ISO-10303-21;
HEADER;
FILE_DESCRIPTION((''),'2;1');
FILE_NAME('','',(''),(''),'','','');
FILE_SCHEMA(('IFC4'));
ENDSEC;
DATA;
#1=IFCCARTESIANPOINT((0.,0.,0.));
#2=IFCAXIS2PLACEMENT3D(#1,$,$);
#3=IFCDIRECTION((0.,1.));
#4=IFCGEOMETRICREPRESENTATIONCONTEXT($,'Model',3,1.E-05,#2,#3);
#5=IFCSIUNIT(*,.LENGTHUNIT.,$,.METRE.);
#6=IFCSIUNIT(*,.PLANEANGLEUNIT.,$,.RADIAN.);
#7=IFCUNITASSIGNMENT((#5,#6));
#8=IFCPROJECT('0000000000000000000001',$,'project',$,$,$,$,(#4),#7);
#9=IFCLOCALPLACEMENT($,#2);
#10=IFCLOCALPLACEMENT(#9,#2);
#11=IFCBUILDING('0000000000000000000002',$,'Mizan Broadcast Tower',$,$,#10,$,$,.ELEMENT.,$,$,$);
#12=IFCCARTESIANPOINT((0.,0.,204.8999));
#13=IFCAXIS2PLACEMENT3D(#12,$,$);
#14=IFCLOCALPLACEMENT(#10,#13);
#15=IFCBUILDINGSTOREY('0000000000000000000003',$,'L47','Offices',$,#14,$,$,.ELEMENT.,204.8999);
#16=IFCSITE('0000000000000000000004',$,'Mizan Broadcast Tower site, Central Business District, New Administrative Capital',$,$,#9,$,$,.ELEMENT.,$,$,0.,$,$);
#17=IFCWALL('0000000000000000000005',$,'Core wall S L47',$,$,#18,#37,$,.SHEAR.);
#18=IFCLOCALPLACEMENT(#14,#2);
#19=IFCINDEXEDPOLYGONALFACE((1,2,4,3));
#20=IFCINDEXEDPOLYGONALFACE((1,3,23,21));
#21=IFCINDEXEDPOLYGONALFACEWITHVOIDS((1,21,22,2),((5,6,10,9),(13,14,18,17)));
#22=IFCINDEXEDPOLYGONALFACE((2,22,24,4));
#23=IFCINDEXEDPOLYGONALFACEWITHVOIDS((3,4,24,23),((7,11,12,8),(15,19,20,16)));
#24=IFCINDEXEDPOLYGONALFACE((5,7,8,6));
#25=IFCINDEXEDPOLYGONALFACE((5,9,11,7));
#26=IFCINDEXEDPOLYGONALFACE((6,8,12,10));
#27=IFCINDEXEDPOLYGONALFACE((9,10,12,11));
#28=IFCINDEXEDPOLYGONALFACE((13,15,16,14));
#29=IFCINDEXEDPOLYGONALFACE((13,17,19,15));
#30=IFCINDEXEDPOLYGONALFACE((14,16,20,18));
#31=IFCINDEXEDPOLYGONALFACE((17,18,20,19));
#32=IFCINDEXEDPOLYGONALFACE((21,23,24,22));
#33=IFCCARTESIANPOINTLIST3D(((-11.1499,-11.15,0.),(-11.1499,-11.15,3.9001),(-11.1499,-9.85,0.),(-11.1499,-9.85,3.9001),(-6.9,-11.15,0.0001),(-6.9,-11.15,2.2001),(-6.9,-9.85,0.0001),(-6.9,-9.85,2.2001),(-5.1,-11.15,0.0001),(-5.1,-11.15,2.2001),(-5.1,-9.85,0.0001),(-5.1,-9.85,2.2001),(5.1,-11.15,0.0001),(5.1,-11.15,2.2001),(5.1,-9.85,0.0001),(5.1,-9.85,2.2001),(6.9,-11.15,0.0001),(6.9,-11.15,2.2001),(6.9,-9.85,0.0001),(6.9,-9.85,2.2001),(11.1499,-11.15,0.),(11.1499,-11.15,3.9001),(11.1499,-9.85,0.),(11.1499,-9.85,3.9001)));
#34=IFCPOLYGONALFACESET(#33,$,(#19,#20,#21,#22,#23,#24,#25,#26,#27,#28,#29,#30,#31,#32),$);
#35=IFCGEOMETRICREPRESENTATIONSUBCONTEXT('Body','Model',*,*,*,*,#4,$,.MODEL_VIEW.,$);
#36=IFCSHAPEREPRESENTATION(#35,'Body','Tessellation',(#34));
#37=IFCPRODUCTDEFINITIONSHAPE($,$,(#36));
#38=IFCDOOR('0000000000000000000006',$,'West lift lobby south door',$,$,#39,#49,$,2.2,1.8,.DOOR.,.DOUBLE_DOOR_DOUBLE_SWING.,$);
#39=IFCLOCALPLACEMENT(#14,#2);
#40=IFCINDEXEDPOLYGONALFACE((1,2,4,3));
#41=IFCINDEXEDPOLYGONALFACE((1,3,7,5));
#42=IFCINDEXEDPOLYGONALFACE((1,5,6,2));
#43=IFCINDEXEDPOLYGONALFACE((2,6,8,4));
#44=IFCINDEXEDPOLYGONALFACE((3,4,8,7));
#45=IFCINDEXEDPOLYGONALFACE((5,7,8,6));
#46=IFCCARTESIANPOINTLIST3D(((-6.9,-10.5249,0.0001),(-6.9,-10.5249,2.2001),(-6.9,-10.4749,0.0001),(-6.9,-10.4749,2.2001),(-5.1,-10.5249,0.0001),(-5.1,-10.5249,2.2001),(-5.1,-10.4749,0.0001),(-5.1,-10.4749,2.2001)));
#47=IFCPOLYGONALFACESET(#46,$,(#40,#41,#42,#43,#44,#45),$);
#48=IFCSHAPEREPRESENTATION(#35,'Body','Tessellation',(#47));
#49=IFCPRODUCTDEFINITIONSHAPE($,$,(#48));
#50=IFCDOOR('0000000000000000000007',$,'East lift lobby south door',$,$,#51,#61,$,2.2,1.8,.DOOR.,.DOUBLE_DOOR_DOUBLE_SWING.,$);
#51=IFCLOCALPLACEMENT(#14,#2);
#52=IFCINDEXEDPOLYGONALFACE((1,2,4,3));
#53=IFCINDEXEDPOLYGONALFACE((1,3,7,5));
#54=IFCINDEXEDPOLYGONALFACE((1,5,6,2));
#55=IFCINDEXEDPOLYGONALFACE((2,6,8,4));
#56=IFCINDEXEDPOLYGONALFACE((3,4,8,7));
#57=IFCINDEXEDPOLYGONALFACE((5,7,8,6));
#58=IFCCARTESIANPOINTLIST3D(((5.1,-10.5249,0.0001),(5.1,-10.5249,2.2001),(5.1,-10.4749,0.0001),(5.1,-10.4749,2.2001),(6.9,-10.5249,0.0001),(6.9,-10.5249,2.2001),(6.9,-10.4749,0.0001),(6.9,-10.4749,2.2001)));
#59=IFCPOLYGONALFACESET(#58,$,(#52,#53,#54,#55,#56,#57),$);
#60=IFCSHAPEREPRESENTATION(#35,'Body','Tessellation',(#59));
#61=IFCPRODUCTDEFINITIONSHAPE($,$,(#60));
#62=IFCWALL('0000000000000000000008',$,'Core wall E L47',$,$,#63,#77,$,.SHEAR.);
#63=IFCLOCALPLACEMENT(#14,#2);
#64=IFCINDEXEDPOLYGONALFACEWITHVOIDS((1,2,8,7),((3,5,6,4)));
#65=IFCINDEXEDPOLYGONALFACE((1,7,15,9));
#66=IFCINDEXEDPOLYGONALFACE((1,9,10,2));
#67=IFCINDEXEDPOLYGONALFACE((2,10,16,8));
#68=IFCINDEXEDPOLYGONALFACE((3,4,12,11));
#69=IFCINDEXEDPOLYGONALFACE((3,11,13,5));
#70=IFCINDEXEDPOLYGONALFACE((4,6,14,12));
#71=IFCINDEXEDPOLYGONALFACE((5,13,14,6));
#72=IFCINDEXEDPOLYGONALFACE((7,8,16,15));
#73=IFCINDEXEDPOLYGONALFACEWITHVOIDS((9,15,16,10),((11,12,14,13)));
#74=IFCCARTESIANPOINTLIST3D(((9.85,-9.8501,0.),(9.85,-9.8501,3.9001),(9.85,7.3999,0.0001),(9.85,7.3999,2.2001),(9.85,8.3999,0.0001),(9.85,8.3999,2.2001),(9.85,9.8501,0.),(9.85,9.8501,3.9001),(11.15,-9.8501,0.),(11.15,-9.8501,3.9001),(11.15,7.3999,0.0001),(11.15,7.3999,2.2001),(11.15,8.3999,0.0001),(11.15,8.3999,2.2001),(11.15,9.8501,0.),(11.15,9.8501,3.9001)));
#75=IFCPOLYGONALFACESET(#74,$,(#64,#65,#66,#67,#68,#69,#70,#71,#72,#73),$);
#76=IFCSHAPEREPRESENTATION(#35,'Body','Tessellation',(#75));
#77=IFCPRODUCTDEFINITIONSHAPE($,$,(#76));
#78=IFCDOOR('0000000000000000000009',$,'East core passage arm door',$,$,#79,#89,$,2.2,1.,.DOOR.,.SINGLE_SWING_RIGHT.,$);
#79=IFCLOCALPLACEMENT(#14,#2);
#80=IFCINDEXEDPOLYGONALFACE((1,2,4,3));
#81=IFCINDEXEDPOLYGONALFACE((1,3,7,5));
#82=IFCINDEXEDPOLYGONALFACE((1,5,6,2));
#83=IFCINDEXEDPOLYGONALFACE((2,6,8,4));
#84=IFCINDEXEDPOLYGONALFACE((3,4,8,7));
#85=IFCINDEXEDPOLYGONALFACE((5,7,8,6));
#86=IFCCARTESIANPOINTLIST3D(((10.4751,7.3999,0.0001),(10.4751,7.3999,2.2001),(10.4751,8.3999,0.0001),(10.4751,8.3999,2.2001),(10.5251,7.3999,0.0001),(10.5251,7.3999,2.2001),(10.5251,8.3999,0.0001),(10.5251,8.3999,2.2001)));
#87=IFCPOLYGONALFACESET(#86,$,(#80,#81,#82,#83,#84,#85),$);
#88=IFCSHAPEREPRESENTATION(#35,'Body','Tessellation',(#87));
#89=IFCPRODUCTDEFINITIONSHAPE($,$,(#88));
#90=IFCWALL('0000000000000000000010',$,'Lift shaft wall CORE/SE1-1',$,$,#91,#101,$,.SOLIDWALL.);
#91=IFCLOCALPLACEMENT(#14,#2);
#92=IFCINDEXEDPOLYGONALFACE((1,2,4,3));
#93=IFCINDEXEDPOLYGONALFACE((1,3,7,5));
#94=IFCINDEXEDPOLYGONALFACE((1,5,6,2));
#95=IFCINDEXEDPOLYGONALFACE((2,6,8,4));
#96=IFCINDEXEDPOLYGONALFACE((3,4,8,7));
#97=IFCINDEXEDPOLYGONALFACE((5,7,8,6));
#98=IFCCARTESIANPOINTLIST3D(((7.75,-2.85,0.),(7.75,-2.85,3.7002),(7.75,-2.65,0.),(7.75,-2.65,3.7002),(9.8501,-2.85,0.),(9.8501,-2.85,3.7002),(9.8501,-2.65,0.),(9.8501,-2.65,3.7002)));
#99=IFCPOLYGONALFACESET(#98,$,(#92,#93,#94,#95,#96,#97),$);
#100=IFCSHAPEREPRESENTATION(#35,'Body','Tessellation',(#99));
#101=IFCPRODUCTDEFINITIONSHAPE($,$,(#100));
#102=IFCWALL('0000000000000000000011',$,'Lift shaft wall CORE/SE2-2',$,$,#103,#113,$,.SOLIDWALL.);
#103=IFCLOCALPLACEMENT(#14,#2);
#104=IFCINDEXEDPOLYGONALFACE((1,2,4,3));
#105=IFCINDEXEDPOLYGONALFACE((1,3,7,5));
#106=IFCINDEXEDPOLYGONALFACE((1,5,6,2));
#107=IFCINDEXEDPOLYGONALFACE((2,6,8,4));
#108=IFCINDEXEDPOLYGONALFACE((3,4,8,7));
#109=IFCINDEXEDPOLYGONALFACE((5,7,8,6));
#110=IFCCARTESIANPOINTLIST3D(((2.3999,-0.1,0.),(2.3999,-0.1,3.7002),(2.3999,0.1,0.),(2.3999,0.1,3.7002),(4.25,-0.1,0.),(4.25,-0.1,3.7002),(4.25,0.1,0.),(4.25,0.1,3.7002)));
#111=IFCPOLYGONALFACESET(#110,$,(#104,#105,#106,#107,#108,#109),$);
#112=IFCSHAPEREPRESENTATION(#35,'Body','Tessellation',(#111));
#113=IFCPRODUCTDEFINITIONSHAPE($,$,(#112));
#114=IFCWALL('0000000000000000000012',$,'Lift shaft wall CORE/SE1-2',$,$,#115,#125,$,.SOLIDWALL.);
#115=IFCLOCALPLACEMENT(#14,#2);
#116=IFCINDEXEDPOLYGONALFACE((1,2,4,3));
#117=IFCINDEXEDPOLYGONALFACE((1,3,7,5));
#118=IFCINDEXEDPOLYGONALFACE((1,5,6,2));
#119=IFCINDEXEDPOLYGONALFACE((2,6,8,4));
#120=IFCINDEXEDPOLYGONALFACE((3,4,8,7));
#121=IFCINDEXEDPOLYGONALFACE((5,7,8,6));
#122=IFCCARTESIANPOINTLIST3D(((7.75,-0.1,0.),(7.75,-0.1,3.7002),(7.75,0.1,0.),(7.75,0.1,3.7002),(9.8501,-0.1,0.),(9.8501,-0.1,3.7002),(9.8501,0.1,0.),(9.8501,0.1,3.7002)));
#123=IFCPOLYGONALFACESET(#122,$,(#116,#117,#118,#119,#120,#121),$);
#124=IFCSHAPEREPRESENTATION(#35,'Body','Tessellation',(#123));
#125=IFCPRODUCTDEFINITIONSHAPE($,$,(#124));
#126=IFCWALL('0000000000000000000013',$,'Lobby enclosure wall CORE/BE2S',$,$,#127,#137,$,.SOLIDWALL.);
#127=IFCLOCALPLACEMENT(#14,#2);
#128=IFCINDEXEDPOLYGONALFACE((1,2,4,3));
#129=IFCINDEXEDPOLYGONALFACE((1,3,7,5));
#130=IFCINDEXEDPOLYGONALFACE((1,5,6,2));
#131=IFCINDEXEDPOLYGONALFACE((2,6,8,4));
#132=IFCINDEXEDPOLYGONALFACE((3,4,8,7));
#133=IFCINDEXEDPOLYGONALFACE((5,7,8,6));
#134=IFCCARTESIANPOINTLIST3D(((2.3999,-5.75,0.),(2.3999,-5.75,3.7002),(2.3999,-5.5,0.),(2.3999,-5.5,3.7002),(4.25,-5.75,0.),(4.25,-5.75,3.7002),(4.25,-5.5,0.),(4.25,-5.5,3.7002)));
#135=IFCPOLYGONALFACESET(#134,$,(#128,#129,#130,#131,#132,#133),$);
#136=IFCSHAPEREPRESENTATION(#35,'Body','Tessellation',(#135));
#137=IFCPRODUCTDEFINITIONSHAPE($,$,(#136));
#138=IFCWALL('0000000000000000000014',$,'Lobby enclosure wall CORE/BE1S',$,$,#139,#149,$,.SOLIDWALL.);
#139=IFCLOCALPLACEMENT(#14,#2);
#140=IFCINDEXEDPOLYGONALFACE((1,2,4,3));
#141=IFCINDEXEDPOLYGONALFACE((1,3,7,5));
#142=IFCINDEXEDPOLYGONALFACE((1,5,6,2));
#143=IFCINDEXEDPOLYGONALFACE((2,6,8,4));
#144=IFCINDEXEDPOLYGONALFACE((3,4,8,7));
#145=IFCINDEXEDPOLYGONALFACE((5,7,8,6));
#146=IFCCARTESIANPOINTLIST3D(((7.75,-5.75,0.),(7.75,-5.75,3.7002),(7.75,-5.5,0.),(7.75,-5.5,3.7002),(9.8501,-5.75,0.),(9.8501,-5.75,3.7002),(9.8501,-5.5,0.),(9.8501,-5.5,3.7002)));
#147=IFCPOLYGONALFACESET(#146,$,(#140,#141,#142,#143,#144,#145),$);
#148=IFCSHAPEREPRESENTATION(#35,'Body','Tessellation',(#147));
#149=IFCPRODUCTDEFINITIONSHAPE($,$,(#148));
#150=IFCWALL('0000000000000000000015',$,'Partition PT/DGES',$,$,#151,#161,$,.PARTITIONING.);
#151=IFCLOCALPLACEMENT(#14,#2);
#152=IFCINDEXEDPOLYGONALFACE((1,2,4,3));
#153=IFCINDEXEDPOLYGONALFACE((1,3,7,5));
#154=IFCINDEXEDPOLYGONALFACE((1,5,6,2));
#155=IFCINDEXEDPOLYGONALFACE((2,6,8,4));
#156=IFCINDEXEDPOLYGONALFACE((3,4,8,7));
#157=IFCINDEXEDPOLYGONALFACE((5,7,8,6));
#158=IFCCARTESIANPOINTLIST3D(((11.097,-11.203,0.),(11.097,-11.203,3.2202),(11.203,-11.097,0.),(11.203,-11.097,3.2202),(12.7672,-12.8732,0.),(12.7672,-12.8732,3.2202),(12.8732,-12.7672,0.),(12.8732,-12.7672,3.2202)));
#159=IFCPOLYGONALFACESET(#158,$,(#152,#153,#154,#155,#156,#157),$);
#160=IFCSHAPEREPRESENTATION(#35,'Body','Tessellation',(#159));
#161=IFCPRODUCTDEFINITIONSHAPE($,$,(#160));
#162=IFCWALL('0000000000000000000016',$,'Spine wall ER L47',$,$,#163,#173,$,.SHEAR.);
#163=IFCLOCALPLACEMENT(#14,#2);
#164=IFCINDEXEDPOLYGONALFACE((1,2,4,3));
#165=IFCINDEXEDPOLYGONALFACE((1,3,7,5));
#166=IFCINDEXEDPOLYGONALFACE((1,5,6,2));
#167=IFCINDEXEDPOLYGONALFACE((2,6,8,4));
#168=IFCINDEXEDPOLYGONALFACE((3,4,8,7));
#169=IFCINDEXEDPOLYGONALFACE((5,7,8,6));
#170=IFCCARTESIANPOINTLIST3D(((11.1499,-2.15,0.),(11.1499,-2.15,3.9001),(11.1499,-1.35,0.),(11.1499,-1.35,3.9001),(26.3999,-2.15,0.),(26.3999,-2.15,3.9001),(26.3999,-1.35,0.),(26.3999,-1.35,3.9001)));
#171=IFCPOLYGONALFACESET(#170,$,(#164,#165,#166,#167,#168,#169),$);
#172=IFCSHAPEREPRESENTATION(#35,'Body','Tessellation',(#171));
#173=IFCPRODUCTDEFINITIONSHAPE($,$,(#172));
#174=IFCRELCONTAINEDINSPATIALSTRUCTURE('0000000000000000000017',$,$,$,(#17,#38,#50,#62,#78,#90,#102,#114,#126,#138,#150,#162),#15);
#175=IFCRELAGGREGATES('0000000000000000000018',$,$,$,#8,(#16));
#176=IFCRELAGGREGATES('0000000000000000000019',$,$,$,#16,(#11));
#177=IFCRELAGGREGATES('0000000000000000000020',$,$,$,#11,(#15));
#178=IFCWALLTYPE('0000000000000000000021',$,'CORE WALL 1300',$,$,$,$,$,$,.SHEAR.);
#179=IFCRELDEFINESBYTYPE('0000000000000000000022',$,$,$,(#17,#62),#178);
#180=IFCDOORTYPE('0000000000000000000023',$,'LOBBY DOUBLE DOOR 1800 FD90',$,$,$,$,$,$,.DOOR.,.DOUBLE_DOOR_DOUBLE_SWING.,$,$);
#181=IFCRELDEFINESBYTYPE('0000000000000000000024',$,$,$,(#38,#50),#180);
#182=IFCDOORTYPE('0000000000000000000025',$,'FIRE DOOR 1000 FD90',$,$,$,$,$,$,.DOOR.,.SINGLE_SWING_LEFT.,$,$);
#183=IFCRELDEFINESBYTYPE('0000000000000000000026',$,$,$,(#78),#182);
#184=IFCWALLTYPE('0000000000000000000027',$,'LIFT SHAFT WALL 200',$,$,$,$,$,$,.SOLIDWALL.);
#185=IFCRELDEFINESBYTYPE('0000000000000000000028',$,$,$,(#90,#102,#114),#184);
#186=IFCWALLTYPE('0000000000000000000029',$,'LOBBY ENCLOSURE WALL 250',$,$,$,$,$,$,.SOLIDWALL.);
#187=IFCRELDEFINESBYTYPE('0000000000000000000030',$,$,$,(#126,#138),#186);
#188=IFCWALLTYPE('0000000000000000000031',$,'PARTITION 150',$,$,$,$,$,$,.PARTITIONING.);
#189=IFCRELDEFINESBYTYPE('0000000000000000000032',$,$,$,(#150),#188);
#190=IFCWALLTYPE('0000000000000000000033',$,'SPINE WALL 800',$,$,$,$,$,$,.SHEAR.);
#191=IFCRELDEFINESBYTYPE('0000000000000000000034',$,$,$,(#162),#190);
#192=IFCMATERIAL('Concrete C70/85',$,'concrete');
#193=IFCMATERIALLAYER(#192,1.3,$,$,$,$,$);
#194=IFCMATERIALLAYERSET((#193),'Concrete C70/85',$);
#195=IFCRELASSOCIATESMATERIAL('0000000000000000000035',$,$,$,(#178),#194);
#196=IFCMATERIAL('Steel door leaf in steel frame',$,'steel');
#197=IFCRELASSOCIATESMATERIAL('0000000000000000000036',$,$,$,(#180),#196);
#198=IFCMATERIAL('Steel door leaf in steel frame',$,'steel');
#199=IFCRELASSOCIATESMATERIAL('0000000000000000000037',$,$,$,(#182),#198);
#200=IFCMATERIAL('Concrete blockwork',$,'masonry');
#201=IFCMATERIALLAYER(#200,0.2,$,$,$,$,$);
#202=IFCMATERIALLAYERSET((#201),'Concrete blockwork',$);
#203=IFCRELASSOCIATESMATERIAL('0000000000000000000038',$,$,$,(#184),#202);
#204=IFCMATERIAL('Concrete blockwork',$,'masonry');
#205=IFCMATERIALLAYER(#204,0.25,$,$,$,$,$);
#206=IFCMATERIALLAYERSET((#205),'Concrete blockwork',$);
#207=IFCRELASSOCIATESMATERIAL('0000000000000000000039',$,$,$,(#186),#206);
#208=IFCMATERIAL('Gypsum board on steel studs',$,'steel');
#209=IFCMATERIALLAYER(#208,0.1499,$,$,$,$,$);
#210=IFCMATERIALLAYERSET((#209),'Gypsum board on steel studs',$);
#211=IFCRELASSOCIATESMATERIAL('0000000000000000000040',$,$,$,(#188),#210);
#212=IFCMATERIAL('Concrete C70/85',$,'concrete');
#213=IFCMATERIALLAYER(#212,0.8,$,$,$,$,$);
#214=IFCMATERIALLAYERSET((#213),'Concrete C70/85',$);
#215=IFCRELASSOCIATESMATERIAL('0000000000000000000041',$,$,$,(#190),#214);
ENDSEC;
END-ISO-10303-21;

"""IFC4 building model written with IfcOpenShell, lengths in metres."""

from ifc_helpers import new_model, si_unit, direction, frame, frame_2d, origin, place, context, subcontext, project, spatial, rectangle, extrude, material, layer, layer_set, type_object, element, fill, save


model = new_model("IFC4")

# Units and contexts
model_context = context("Model", 3, precision=1e-05, world=origin(), true_north=direction((0.0, 1.0)))
body_context = subcontext(model_context, "Body", "Model", "MODEL_VIEW")
ifc_project = project(units=[si_unit("LENGTHUNIT", "METRE"), si_unit("PLANEANGLEUNIT", "RADIAN")], contexts=[model_context])

# Site, building, storey
site_placement = place(None, origin())
site = spatial("IfcSite", under=ifc_project, at=site_placement, Name="Mizan Broadcast Tower site, Central Business District, New Administrative Capital", CompositionType="ELEMENT", RefElevation=0.0)
building_placement = place(site_placement, origin())
building = spatial("IfcBuilding", under=site, at=building_placement, Name="Mizan Broadcast Tower", CompositionType="ELEMENT")
storey_placement = place(building_placement, frame((0.0, 0.0, 204.8999)))
storey = spatial("IfcBuildingStorey", under=building, at=storey_placement, Name="L47", Description="Offices", CompositionType="ELEMENT", Elevation=204.8999)

# Wall, openings, doors
ifc_material_1 = material(Name="Concrete C70/85", Category="concrete")
ifc_layer_1 = layer(ifc_material_1, 1.3)
ifc_layer_set_1 = layer_set([ifc_layer_1], Name="Concrete C70/85")
wall_type_1 = type_object("IfcWallType", Name="CORE WALL 1300", PredefinedType="SHEAR", material=ifc_layer_set_1)
wall_1_placement = place(storey_placement, frame((11.1499, -10.5, 0.0), z_axis=(0.0, 0.0, 1.0), x_axis=(-1.0, 0.0, 0.0)))
wall_1 = element("IfcWall", 1, at=wall_1_placement, inside=storey, type_object=wall_type_1, Name="Core wall S L47", PredefinedType="SHEAR", context=body_context, shape_type="SweptSolid", body=[
    extrude(rectangle(XDim=22.2998, YDim=1.3, at=frame_2d((11.1499, 0.0))), origin(), (0.0, 0.0, 1.0), 3.9001),
])
opening_1_placement = place(wall_1_placement, frame((16.25, 0.0, 0.0)))
opening_1 = element("IfcOpeningElement", 2, at=opening_1_placement, cuts=wall_1, PredefinedType="OPENING", context=body_context, shape_type="SweptSolid", body=[
    extrude(rectangle(XDim=1.8, YDim=2.2, at=frame_2d((0.8999, 1.1001))), frame((0.0, 0.6599, 0.0), z_axis=(0.0, -1.0, 0.0), x_axis=(1.0, 0.0, 0.0)), (0.0, 0.0, 1.0), 1.3201),
])
opening_2_placement = place(wall_1_placement, frame((4.25, 0.0, 0.0)))
opening_2 = element("IfcOpeningElement", 3, at=opening_2_placement, cuts=wall_1, PredefinedType="OPENING", context=body_context, shape_type="SweptSolid", body=[
    extrude(rectangle(XDim=1.8, YDim=2.2, at=frame_2d((0.8999, 1.1001))), frame((0.0, 0.6599, 0.0), z_axis=(0.0, -1.0, 0.0), x_axis=(1.0, 0.0, 0.0)), (0.0, 0.0, 1.0), 1.3201),
])
ifc_material_2 = material(Name="Steel door leaf in steel frame", Category="steel")
door_type_1 = type_object("IfcDoorType", Name="LOBBY DOUBLE DOOR 1800 FD90", OperationType="DOUBLE_DOOR_DOUBLE_SWING", PredefinedType="DOOR", material=ifc_material_2)
door_1_placement = place(opening_1_placement, origin())
door_1 = element("IfcDoor", 4, at=door_1_placement, inside=storey, type_object=door_type_1, Name="West lift lobby south door", OperationType="DOUBLE_DOOR_DOUBLE_SWING", OverallHeight=2.2, OverallWidth=1.8, PredefinedType="DOOR", context=body_context, shape_type="SweptSolid", body=[
    extrude(rectangle(XDim=1.8, YDim=2.2, at=frame_2d((0.8999, 1.1001))), frame((0.0, 0.0249, 0.0), z_axis=(0.0, -1.0, 0.0), x_axis=(1.0, 0.0, 0.0)), (0.0, 0.0, 1.0), 0.05),
])
fill(opening_1, door_1)
door_2_placement = place(opening_2_placement, origin())
door_2 = element("IfcDoor", 5, at=door_2_placement, inside=storey, type_object=door_type_1, Name="East lift lobby south door", OperationType="DOUBLE_DOOR_DOUBLE_SWING", OverallHeight=2.2, OverallWidth=1.8, PredefinedType="DOOR", context=body_context, shape_type="SweptSolid", body=[
    extrude(rectangle(XDim=1.8, YDim=2.2, at=frame_2d((0.8999, 1.1001))), frame((0.0, 0.0249, 0.0), z_axis=(0.0, -1.0, 0.0), x_axis=(1.0, 0.0, 0.0)), (0.0, 0.0, 1.0), 0.05),
])
fill(opening_2, door_2)

# Wall, opening, door
wall_2_placement = place(storey_placement, frame((10.5, -9.8501, 0.0), z_axis=(0.0, 0.0, 1.0), x_axis=(0.0, 1.0, 0.0)))
wall_2 = element("IfcWall", 6, at=wall_2_placement, inside=storey, type_object=wall_type_1, Name="Core wall E L47", PredefinedType="SHEAR", context=body_context, shape_type="SweptSolid", body=[
    extrude(rectangle(XDim=19.7002, YDim=1.3, at=frame_2d((9.8501, 0.0))), origin(), (0.0, 0.0, 1.0), 3.9001),
])
opening_3_placement = place(wall_2_placement, frame((17.25, 0.0, 0.0)))
opening_3 = element("IfcOpeningElement", 7, at=opening_3_placement, cuts=wall_2, PredefinedType="OPENING", context=body_context, shape_type="SweptSolid", body=[
    extrude(rectangle(XDim=1.0, YDim=2.2, at=frame_2d((0.5, 1.1001))), frame((0.0, 0.6599, 0.0), z_axis=(0.0, -1.0, 0.0), x_axis=(1.0, 0.0, 0.0)), (0.0, 0.0, 1.0), 1.3201),
])
ifc_material_3 = material(Name="Steel door leaf in steel frame", Category="steel")
door_type_2 = type_object("IfcDoorType", Name="FIRE DOOR 1000 FD90", OperationType="SINGLE_SWING_LEFT", PredefinedType="DOOR", material=ifc_material_3)
door_3_placement = place(opening_3_placement, origin())
door_3 = element("IfcDoor", 8, at=door_3_placement, inside=storey, type_object=door_type_2, Name="East core passage arm door", OperationType="SINGLE_SWING_RIGHT", OverallHeight=2.2, OverallWidth=1.0, PredefinedType="DOOR", context=body_context, shape_type="SweptSolid", body=[
    extrude(rectangle(XDim=1.0, YDim=2.2, at=frame_2d((0.5, 1.1001))), frame((0.0, 0.0249, 0.0), z_axis=(0.0, -1.0, 0.0), x_axis=(1.0, 0.0, 0.0)), (0.0, 0.0, 1.0), 0.05),
])
fill(opening_3, door_3)

# Walls
ifc_material_4 = material(Name="Concrete blockwork", Category="masonry")
ifc_layer_2 = layer(ifc_material_4, 0.2)
ifc_layer_set_2 = layer_set([ifc_layer_2], Name="Concrete blockwork")
wall_type_2 = type_object("IfcWallType", Name="LIFT SHAFT WALL 200", PredefinedType="SOLIDWALL", material=ifc_layer_set_2)
wall_3_placement = place(storey_placement, frame((7.75, -2.75, 0.0), z_axis=(0.0, 0.0, 1.0), x_axis=(1.0, 0.0, 0.0)))
element("IfcWall", 9, at=wall_3_placement, inside=storey, type_object=wall_type_2, Name="Lift shaft wall CORE/SE1-1", PredefinedType="SOLIDWALL", context=body_context, shape_type="SweptSolid", body=[
    extrude(rectangle(XDim=2.1001, YDim=0.2, at=frame_2d((1.05, 0.0))), origin(), (0.0, 0.0, 1.0), 3.7002),
])
wall_4_placement = place(storey_placement, frame((2.3999, 0.0, 0.0), z_axis=(0.0, 0.0, 1.0), x_axis=(1.0, 0.0, 0.0)))
element("IfcWall", 10, at=wall_4_placement, inside=storey, type_object=wall_type_2, Name="Lift shaft wall CORE/SE2-2", PredefinedType="SOLIDWALL", context=body_context, shape_type="SweptSolid", body=[
    extrude(rectangle(XDim=1.8501, YDim=0.2, at=frame_2d((0.925, 0.0))), origin(), (0.0, 0.0, 1.0), 3.7002),
])
wall_5_placement = place(storey_placement, frame((7.75, 0.0, 0.0), z_axis=(0.0, 0.0, 1.0), x_axis=(1.0, 0.0, 0.0)))
element("IfcWall", 11, at=wall_5_placement, inside=storey, type_object=wall_type_2, Name="Lift shaft wall CORE/SE1-2", PredefinedType="SOLIDWALL", context=body_context, shape_type="SweptSolid", body=[
    extrude(rectangle(XDim=2.1001, YDim=0.2, at=frame_2d((1.05, 0.0))), origin(), (0.0, 0.0, 1.0), 3.7002),
])
ifc_material_5 = material(Name="Concrete blockwork", Category="masonry")
ifc_layer_3 = layer(ifc_material_5, 0.25)
ifc_layer_set_3 = layer_set([ifc_layer_3], Name="Concrete blockwork")
wall_type_3 = type_object("IfcWallType", Name="LOBBY ENCLOSURE WALL 250", PredefinedType="SOLIDWALL", material=ifc_layer_set_3)
wall_6_placement = place(storey_placement, frame((2.3999, -5.625, 0.0), z_axis=(0.0, 0.0, 1.0), x_axis=(1.0, 0.0, 0.0)))
element("IfcWall", 12, at=wall_6_placement, inside=storey, type_object=wall_type_3, Name="Lobby enclosure wall CORE/BE2S", PredefinedType="SOLIDWALL", context=body_context, shape_type="SweptSolid", body=[
    extrude(rectangle(XDim=1.8501, YDim=0.25, at=frame_2d((0.925, 0.0))), origin(), (0.0, 0.0, 1.0), 3.7002),
])
wall_7_placement = place(storey_placement, frame((7.75, -5.625, 0.0), z_axis=(0.0, 0.0, 1.0), x_axis=(1.0, 0.0, 0.0)))
element("IfcWall", 13, at=wall_7_placement, inside=storey, type_object=wall_type_3, Name="Lobby enclosure wall CORE/BE1S", PredefinedType="SOLIDWALL", context=body_context, shape_type="SweptSolid", body=[
    extrude(rectangle(XDim=2.1001, YDim=0.25, at=frame_2d((1.05, 0.0))), origin(), (0.0, 0.0, 1.0), 3.7002),
])
ifc_material_6 = material(Name="Gypsum board on steel studs", Category="steel")
ifc_layer_4 = layer(ifc_material_6, 0.1499)
ifc_layer_set_4 = layer_set([ifc_layer_4], Name="Gypsum board on steel studs")
wall_type_4 = type_object("IfcWallType", Name="PARTITION 150", PredefinedType="PARTITIONING", material=ifc_layer_set_4)
wall_8_placement = place(storey_placement, frame((11.1499, -11.1499, 0.0), z_axis=(0.0, 0.0, 1.0), x_axis=(0.707107, -0.707107, 0.0)))
element("IfcWall", 14, at=wall_8_placement, inside=storey, type_object=wall_type_4, Name="Partition PT/DGES", PredefinedType="PARTITIONING", context=body_context, shape_type="SweptSolid", body=[
    extrude(rectangle(XDim=2.3621, YDim=0.1499, at=frame_2d((1.1812, 0.0))), origin(), (0.0, 0.0, 1.0), 3.2202),
])
ifc_material_7 = material(Name="Concrete C70/85", Category="concrete")
ifc_layer_5 = layer(ifc_material_7, 0.8)
ifc_layer_set_5 = layer_set([ifc_layer_5], Name="Concrete C70/85")
wall_type_5 = type_object("IfcWallType", Name="SPINE WALL 800", PredefinedType="SHEAR", material=ifc_layer_set_5)
for number, where, z_axis, x_axis, name in (
    (15, (11.1499, -1.75, 0.0), (0.0, 0.0, 1.0), (1.0, 0.0, 0.0), "Spine wall ER L47"),
):
    element("IfcWall", number, at=place(storey_placement, frame(where, z_axis=z_axis, x_axis=x_axis)), inside=storey, type_object=wall_type_5, Name=name, PredefinedType="SHEAR", context=body_context, shape_type="SweptSolid", body=[
        extrude(rectangle(XDim=15.25, YDim=0.8, at=frame_2d((7.625, 0.0))), origin(), (0.0, 0.0, 1.0), 3.9001),
    ])

save(model, "model.ifc")
